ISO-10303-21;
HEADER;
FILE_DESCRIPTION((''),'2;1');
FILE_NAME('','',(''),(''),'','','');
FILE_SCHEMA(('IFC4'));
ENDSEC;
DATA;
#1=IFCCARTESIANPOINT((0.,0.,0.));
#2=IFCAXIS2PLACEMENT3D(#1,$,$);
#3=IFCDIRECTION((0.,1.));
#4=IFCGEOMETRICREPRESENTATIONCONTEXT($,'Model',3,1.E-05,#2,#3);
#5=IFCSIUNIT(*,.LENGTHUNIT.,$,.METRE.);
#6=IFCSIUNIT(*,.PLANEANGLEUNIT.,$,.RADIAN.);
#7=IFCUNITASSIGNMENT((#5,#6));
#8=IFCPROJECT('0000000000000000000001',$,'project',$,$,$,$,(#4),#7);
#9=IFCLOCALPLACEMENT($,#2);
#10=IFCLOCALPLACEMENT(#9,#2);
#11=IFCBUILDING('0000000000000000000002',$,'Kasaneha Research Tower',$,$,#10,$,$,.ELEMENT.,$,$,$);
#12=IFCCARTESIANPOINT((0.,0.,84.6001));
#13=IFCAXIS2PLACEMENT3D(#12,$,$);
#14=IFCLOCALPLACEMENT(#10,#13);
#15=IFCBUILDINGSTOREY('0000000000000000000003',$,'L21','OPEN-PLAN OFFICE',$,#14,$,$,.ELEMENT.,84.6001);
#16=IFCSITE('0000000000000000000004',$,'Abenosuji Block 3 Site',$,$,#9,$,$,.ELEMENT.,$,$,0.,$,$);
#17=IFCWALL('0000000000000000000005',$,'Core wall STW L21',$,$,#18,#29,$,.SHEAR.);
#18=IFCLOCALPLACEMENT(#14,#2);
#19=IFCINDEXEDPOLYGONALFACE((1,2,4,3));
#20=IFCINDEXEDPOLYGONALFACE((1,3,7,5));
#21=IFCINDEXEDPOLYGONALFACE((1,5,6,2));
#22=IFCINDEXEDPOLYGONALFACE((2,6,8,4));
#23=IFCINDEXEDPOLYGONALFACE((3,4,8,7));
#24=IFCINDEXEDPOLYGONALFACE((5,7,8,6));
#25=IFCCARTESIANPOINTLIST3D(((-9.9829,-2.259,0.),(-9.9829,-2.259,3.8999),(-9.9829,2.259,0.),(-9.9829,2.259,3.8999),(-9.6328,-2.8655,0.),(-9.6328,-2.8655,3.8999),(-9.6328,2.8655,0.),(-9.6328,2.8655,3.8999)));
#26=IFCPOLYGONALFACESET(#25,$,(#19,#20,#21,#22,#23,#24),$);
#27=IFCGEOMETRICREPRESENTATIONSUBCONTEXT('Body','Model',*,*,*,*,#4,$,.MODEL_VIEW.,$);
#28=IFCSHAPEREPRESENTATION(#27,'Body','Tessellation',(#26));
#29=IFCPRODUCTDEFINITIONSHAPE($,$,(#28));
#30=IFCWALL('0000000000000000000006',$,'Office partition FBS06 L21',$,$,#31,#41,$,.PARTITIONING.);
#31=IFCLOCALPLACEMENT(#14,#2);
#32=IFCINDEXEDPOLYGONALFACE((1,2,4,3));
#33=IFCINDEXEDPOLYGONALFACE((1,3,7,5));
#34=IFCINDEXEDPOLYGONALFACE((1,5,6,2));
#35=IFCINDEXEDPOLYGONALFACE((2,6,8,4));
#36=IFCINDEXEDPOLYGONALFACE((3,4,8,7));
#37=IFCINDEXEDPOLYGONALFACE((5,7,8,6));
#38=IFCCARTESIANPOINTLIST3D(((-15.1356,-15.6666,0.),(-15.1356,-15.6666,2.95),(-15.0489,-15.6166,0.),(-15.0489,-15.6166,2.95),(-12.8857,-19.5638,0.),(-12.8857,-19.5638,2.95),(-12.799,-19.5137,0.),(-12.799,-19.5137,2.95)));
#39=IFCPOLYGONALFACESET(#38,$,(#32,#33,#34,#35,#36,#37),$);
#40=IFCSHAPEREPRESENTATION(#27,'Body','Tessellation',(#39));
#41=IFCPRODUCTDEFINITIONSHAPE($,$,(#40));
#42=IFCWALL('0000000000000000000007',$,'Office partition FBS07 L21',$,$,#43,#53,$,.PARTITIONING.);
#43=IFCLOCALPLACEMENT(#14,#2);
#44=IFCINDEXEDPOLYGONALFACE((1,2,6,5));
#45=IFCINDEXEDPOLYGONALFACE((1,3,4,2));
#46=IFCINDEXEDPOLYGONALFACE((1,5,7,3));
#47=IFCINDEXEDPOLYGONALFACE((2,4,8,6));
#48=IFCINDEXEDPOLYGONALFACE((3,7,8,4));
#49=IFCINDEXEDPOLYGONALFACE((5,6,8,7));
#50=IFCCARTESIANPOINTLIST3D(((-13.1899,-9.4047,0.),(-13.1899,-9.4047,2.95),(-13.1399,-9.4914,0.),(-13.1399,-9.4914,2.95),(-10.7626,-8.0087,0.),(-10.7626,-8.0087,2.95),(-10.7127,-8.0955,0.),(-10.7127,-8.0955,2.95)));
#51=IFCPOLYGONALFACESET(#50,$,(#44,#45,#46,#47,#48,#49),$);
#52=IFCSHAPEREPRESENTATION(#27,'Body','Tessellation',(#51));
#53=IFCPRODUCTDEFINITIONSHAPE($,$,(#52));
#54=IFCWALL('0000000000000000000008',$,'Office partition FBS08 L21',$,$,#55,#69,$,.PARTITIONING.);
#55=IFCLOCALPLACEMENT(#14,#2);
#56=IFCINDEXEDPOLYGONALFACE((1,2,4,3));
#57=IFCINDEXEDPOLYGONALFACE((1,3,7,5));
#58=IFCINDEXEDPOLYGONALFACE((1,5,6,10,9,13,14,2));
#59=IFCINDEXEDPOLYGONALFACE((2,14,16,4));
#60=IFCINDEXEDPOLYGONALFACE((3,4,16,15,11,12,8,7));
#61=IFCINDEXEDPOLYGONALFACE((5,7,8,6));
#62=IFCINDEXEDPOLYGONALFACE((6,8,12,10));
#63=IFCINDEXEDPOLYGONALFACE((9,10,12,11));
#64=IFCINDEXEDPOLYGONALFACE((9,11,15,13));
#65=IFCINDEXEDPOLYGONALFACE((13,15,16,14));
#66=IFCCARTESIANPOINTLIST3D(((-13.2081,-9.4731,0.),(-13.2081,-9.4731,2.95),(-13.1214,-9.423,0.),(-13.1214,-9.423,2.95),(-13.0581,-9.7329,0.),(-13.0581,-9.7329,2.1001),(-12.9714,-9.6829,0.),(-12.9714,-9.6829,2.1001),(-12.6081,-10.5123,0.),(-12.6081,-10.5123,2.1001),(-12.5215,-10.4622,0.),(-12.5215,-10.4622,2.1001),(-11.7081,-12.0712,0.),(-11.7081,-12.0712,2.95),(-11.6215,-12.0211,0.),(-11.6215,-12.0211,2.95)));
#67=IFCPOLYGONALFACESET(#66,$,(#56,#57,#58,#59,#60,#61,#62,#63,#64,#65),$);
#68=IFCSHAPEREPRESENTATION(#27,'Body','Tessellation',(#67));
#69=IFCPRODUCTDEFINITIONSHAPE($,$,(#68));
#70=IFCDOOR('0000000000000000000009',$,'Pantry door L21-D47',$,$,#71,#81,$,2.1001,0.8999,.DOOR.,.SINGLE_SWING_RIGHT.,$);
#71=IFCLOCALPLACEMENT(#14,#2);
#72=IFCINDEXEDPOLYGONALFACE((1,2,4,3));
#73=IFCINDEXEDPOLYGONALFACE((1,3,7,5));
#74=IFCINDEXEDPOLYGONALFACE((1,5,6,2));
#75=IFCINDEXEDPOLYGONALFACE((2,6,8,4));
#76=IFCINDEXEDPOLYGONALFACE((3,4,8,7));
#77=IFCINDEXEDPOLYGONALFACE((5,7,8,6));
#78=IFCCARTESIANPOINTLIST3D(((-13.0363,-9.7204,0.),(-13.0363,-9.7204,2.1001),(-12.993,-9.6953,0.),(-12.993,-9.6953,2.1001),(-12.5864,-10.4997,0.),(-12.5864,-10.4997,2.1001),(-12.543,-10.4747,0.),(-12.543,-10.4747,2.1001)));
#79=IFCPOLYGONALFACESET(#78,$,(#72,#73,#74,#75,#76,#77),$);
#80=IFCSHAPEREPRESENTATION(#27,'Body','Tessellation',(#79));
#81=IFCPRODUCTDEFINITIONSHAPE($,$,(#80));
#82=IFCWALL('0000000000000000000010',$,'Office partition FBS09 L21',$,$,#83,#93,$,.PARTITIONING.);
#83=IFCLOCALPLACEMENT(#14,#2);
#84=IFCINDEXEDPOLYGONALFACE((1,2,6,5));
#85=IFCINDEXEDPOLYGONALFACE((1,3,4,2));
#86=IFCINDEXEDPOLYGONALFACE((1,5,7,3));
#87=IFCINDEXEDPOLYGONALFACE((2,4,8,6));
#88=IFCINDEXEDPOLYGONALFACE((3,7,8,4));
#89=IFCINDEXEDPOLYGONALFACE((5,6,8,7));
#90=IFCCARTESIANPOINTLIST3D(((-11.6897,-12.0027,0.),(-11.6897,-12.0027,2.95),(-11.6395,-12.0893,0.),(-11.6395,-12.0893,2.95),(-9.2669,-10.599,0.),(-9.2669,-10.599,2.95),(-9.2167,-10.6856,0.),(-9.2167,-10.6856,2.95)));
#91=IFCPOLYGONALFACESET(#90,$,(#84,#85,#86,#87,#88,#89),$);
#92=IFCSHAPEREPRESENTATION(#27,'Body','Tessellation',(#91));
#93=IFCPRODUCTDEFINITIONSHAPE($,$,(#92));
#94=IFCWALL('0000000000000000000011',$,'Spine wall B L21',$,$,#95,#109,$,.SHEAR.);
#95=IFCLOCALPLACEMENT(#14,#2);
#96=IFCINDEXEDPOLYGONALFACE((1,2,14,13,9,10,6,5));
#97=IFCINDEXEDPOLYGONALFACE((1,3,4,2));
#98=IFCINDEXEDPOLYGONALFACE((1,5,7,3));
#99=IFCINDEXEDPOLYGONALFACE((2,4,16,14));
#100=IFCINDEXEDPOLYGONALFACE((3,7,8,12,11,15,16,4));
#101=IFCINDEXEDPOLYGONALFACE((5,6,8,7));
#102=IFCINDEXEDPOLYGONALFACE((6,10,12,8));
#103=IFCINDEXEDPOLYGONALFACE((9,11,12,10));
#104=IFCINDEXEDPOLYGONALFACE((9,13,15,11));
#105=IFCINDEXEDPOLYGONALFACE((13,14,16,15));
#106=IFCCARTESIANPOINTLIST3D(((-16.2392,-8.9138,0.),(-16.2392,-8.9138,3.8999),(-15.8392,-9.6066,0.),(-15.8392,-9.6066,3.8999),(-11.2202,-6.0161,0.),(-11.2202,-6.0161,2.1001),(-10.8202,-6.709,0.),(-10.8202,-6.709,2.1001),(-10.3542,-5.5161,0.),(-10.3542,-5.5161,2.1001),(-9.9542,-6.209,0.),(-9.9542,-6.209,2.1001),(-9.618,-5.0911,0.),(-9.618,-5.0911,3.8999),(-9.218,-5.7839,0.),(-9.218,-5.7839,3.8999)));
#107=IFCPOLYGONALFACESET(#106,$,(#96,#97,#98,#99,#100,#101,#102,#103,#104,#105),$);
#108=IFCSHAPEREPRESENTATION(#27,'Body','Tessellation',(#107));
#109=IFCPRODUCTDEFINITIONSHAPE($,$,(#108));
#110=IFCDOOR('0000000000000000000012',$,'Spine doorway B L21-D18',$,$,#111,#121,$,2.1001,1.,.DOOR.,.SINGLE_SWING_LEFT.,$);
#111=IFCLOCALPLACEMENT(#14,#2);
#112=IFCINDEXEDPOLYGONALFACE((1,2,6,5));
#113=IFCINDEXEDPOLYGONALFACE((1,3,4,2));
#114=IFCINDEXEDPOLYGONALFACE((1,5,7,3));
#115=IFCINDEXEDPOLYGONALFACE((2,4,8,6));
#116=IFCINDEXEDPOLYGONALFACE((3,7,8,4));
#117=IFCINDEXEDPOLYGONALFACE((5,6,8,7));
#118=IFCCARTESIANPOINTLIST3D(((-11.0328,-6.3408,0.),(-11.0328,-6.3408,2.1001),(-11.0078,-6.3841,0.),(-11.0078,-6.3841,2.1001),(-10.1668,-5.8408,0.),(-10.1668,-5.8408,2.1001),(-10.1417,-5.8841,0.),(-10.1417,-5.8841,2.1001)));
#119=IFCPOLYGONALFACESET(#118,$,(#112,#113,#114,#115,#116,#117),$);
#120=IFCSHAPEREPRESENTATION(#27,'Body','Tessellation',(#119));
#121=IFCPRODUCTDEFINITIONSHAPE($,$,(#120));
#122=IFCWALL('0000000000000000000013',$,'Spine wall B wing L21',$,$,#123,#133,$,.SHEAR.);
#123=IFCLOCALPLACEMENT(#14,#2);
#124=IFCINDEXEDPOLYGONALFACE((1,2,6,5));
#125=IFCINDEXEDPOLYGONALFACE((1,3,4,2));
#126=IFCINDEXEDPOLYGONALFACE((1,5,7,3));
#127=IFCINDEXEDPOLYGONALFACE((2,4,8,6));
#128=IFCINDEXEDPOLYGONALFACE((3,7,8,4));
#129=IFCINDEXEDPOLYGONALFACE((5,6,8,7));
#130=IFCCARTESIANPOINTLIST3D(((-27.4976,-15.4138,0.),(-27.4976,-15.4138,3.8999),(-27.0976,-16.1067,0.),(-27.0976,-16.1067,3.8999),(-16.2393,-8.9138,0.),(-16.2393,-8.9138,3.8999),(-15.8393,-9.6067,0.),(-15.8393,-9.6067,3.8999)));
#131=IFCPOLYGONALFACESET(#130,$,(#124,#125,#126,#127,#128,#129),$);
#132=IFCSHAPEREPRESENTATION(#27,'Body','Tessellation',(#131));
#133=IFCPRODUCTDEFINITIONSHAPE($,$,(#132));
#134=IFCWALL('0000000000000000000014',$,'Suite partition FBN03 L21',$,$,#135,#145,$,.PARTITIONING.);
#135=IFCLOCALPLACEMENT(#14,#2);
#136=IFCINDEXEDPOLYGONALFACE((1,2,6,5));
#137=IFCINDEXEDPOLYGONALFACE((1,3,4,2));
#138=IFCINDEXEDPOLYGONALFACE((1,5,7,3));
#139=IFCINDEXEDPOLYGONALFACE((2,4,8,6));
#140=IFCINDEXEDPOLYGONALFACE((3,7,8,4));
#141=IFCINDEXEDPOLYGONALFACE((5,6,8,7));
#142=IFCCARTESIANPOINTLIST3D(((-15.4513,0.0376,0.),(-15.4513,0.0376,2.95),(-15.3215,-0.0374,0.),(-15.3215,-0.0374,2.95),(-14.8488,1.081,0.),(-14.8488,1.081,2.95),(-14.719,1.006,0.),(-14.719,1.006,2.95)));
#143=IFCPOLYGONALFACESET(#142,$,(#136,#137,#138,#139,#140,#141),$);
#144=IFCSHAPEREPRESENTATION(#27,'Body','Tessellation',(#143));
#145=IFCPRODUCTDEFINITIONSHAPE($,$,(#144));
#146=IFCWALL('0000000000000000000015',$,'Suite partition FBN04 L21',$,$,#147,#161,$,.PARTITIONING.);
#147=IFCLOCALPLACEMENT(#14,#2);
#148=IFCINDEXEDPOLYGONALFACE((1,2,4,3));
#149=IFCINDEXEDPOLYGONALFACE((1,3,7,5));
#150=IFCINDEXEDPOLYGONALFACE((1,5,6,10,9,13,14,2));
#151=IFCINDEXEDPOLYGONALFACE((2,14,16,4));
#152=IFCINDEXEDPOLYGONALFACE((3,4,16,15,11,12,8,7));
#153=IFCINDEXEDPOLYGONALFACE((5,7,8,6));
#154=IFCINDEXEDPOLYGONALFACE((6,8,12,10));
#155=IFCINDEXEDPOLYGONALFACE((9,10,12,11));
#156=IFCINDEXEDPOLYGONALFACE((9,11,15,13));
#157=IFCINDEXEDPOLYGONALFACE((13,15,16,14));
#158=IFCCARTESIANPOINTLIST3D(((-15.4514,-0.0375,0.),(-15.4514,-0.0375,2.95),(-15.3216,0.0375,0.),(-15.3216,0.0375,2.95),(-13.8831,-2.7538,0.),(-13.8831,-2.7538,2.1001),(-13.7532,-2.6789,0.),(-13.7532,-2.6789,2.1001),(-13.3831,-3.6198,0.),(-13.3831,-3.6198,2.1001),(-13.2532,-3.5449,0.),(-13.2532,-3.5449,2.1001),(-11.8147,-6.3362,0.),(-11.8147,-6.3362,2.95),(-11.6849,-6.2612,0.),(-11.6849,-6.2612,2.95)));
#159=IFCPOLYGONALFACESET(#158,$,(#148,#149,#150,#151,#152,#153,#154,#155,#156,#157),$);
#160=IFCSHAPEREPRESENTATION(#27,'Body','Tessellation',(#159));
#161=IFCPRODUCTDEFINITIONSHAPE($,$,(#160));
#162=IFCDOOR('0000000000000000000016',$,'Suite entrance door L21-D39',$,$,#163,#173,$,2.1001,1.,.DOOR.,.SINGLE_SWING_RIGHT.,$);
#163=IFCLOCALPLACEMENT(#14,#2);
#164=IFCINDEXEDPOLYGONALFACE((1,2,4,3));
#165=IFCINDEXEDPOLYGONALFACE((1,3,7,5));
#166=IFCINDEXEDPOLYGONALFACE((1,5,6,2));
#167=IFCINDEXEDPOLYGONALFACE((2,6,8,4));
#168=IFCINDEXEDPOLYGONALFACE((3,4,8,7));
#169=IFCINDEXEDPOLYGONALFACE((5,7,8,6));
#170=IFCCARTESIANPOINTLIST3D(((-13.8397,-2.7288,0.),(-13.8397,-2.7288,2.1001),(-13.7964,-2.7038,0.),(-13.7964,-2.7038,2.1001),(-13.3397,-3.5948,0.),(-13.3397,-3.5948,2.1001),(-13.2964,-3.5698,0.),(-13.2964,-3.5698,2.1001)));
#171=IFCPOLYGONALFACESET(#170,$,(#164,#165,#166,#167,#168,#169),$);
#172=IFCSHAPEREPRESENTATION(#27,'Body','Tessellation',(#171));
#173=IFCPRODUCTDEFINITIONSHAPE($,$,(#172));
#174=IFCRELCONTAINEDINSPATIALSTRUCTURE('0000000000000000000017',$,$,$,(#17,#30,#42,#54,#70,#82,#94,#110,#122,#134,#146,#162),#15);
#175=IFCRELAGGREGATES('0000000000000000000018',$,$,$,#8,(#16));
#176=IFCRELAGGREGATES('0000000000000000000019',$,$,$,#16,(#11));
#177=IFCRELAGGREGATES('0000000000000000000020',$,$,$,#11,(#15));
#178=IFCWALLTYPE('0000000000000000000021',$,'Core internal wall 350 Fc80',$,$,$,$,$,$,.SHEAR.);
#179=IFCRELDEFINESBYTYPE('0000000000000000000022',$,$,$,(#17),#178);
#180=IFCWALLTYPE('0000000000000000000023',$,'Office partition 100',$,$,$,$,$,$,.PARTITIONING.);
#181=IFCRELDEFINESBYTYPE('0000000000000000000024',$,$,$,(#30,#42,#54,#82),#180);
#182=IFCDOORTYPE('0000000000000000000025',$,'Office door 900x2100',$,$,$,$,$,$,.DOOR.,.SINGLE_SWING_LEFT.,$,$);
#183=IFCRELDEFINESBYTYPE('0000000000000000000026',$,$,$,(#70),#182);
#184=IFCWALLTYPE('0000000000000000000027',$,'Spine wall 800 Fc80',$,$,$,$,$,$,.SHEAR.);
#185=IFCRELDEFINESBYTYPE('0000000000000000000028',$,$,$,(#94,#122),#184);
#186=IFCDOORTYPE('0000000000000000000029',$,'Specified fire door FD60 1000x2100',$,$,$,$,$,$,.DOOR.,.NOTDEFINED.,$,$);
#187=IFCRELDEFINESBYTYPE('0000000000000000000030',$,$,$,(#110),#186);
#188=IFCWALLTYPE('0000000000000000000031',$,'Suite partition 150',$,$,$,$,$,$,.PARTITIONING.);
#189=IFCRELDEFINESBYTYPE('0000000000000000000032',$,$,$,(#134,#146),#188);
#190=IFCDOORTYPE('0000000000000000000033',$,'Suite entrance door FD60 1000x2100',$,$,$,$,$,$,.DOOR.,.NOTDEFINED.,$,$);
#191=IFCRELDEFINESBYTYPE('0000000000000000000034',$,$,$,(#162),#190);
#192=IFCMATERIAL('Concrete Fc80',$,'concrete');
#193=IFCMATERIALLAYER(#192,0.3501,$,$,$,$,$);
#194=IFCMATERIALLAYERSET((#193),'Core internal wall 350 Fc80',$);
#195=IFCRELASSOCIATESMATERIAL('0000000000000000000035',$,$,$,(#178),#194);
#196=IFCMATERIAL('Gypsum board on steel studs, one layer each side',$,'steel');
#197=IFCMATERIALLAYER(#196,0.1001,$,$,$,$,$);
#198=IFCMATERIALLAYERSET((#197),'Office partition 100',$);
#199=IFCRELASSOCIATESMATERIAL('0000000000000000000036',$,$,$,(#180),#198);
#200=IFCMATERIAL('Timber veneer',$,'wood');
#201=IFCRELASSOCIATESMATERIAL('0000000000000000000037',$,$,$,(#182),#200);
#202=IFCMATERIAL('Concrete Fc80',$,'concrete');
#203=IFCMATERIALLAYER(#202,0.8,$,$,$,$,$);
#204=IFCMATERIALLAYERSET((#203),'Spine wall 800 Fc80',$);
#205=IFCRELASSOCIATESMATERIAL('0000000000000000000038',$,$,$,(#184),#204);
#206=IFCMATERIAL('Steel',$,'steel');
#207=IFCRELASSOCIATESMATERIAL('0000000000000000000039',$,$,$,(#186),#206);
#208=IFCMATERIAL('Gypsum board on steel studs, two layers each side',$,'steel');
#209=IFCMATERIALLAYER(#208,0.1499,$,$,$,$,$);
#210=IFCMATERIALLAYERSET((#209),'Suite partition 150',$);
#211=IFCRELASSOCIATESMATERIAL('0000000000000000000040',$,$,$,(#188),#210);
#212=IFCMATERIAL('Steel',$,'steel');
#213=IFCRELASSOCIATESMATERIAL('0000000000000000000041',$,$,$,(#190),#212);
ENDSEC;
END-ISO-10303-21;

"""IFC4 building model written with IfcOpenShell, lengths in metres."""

from ifc_helpers import new_model, si_unit, direction, frame, frame_2d, origin, place, context, subcontext, project, spatial, polyline, rectangle, outline, extrude, material, layer, layer_set, type_object, element, fill, save


model = new_model("IFC4")

# Units and contexts
model_context = context("Model", 3, precision=1e-05, world=origin(), true_north=direction((0.0, 1.0)))
body_context = subcontext(model_context, "Body", "Model", "MODEL_VIEW")
ifc_project = project(units=[si_unit("LENGTHUNIT", "METRE"), si_unit("PLANEANGLEUNIT", "RADIAN")], contexts=[model_context])

# Site, building, storey
site_placement = place(None, origin())
site = spatial("IfcSite", under=ifc_project, at=site_placement, Name="Abenosuji Block 3 Site", CompositionType="ELEMENT", RefElevation=0.0)
building_placement = place(site_placement, origin())
building = spatial("IfcBuilding", under=site, at=building_placement, Name="Kasaneha Research Tower", CompositionType="ELEMENT")
storey_placement = place(building_placement, frame((0.0, 0.0, 84.6001)))
storey = spatial("IfcBuildingStorey", under=building, at=storey_placement, Name="L21", Description="OPEN-PLAN OFFICE", CompositionType="ELEMENT", Elevation=84.6001)

# Shared definitions
ifc_material_1 = material(Name="Concrete Fc80", Category="concrete")
ifc_layer_1 = layer(ifc_material_1, 0.3501)
ifc_layer_set_1 = layer_set([ifc_layer_1], Name="Core internal wall 350 Fc80")
wall_type_1 = type_object("IfcWallType", Name="Core internal wall 350 Fc80", PredefinedType="SHEAR", material=ifc_layer_set_1)

# Walls
wall_1_placement = place(storey_placement, frame((-9.8079, -2.5623, 0.0), z_axis=(0.0, 0.0, 1.0), x_axis=(0.0, 1.0, 0.0)))
element("IfcWall", 1, at=wall_1_placement, inside=storey, type_object=wall_type_1, Name="Core wall STW L21", PredefinedType="SHEAR", context=body_context, shape_type="SweptSolid", body=[
    extrude(outline(polyline([(-0.3032, -0.175), (5.4277, -0.175), (4.8213, 0.175), (0.3032, 0.175), (-0.3032, -0.175)])), origin(), (0.0, 0.0, 1.0), 3.8999),
])
ifc_material_2 = material(Name="Gypsum board on steel studs, one layer each side", Category="steel")
ifc_layer_2 = layer(ifc_material_2, 0.1001)
ifc_layer_set_2 = layer_set([ifc_layer_2], Name="Office partition 100")
wall_type_2 = type_object("IfcWallType", Name="Office partition 100", PredefinedType="PARTITIONING", material=ifc_layer_set_2)
wall_2_placement = place(storey_placement, frame((-15.0923, -15.6416, 0.0), z_axis=(0.0, 0.0, 1.0), x_axis=(0.49999, -0.866031, 0.0)))
element("IfcWall", 2, at=wall_2_placement, inside=storey, type_object=wall_type_2, Name="Office partition FBS06 L21", PredefinedType="PARTITIONING", context=body_context, shape_type="SweptSolid", body=[
    extrude(rectangle(XDim=4.5, YDim=0.1001, at=frame_2d((2.25, 0.0))), origin(), (0.0, 0.0, 1.0), 2.95),
])
wall_3_placement = place(storey_placement, frame((-13.1648, -9.448, 0.0), z_axis=(0.0, 0.0, 1.0), x_axis=(0.866855, 0.49856, 0.0)))
element("IfcWall", 3, at=wall_3_placement, inside=storey, type_object=wall_type_2, Name="Office partition FBS07 L21", PredefinedType="PARTITIONING", context=body_context, shape_type="SweptSolid", body=[
    extrude(rectangle(XDim=2.8, YDim=0.1001, at=frame_2d((1.3999, 0.0))), origin(), (0.0, 0.0, 1.0), 2.95),
])

# Wall, opening, door
wall_4_placement = place(storey_placement, frame((-11.6648, -12.0461, 0.0), z_axis=(0.0, 0.0, 1.0), x_axis=(-0.49999, 0.866031, 0.0)))
wall_4 = element("IfcWall", 4, at=wall_4_placement, inside=storey, type_object=wall_type_2, Name="Office partition FBS08 L21", PredefinedType="PARTITIONING", context=body_context, shape_type="SweptSolid", body=[
    extrude(rectangle(XDim=3.0, YDim=0.1001, at=frame_2d((1.5, 0.0))), origin(), (0.0, 0.0, 1.0), 2.95),
])
opening_1_placement = place(wall_4_placement, frame((1.8, 0.0, 0.0)))
opening_1 = element("IfcOpeningElement", 5, at=opening_1_placement, cuts=wall_4, PredefinedType="OPENING", context=body_context, shape_type="SweptSolid", body=[
    extrude(rectangle(XDim=0.8999, YDim=2.1001, at=frame_2d((0.45, 1.05))), frame((0.0, 0.0601, 0.0), z_axis=(0.0, -1.0, 0.0), x_axis=(1.0, 0.0, 0.0)), (0.0, 0.0, 1.0), 0.1201),
])
ifc_material_3 = material(Name="Timber veneer", Category="wood")
door_type_1 = type_object("IfcDoorType", Name="Office door 900x2100", OperationType="SINGLE_SWING_LEFT", PredefinedType="DOOR", material=ifc_material_3)
door_1_placement = place(opening_1_placement, origin())
door_1 = element("IfcDoor", 6, at=door_1_placement, inside=storey, type_object=door_type_1, Name="Pantry door L21-D47", OperationType="SINGLE_SWING_RIGHT", OverallHeight=2.1001, OverallWidth=0.8999, PredefinedType="DOOR", context=body_context, shape_type="SweptSolid", body=[
    extrude(rectangle(XDim=0.8999, YDim=2.1001, at=frame_2d((0.45, 1.05))), frame((0.0, 0.0249, 0.0), z_axis=(0.0, -1.0, 0.0), x_axis=(1.0, 0.0, 0.0)), (0.0, 0.0, 1.0), 0.05),
])
fill(opening_1, door_1)

# Wall
wall_5_placement = place(storey_placement, frame((-9.2419, -10.6423, 0.0), z_axis=(0.0, 0.0, 1.0), x_axis=(-0.865255, -0.501332, 0.0)))
element("IfcWall", 7, at=wall_5_placement, inside=storey, type_object=wall_type_2, Name="Office partition FBS09 L21", PredefinedType="PARTITIONING", context=body_context, shape_type="SweptSolid", body=[
    extrude(rectangle(XDim=2.8, YDim=0.1001, at=frame_2d((1.3999, 0.0))), origin(), (0.0, 0.0, 1.0), 2.95),
])

# Wall, opening, door
ifc_material_4 = material(Name="Concrete Fc80", Category="concrete")
ifc_layer_3 = layer(ifc_material_4, 0.8)
ifc_layer_set_3 = layer_set([ifc_layer_3], Name="Spine wall 800 Fc80")
wall_type_3 = type_object("IfcWallType", Name="Spine wall 800 Fc80", PredefinedType="SHEAR", material=ifc_layer_set_3)
wall_6_placement = place(storey_placement, frame((-9.418, -5.4375, 0.0), z_axis=(0.0, 0.0, 1.0), x_axis=(-0.86603, -0.499992, 0.0)))
wall_6 = element("IfcWall", 8, at=wall_6_placement, inside=storey, type_object=wall_type_3, Name="Spine wall B L21", PredefinedType="SHEAR", context=body_context, shape_type="SweptSolid", body=[
    extrude(rectangle(XDim=7.6455, YDim=0.8, at=frame_2d((3.8228, 0.0))), origin(), (0.0, 0.0, 1.0), 3.8999),
])
opening_2_placement = place(wall_6_placement, frame((0.8501, 0.0, 0.0)))
opening_2 = element("IfcOpeningElement", 9, at=opening_2_placement, cuts=wall_6, PredefinedType="OPENING", context=body_context, shape_type="SweptSolid", body=[
    extrude(rectangle(XDim=1.0, YDim=2.1001, at=frame_2d((0.5, 1.05))), frame((0.0, 0.4102, 0.0), z_axis=(0.0, -1.0, 0.0), x_axis=(1.0, 0.0, 0.0)), (0.0, 0.0, 1.0), 0.8201),
])
ifc_material_5 = material(Name="Steel", Category="steel")
door_type_2 = type_object("IfcDoorType", Name="Specified fire door FD60 1000x2100", OperationType="NOTDEFINED", PredefinedType="DOOR", material=ifc_material_5)
door_2_placement = place(opening_2_placement, origin())
door_2 = element("IfcDoor", 10, at=door_2_placement, inside=storey, type_object=door_type_2, Name="Spine doorway B L21-D18", OperationType="SINGLE_SWING_LEFT", OverallHeight=2.1001, OverallWidth=1.0, PredefinedType="DOOR", context=body_context, shape_type="SweptSolid", body=[
    extrude(rectangle(XDim=1.0, YDim=2.1001, at=frame_2d((0.5, 1.05))), frame((0.0, 0.0249, 0.0), z_axis=(0.0, -1.0, 0.0), x_axis=(1.0, 0.0, 0.0)), (0.0, 0.0, 1.0), 0.05),
])
fill(opening_2, door_2)

# Walls
wall_7_placement = place(storey_placement, frame((-16.0393, -9.2603, 0.0), z_axis=(0.0, 0.0, 1.0), x_axis=(-0.866025, -0.500001, 0.0)))
element("IfcWall", 11, at=wall_7_placement, inside=storey, type_object=wall_type_3, Name="Spine wall B wing L21", PredefinedType="SHEAR", context=body_context, shape_type="SweptSolid", body=[
    extrude(rectangle(XDim=13.0, YDim=0.8, at=frame_2d((6.5, 0.0))), origin(), (0.0, 0.0, 1.0), 3.8999),
])
ifc_material_6 = material(Name="Gypsum board on steel studs, two layers each side", Category="steel")
ifc_layer_4 = layer(ifc_material_6, 0.1499)
ifc_layer_set_4 = layer_set([ifc_layer_4], Name="Suite partition 150")
wall_type_4 = type_object("IfcWallType", Name="Suite partition 150", PredefinedType="PARTITIONING", material=ifc_layer_set_4)
wall_8_placement = place(storey_placement, frame((-15.3865, 0.0, 0.0), z_axis=(0.0, 0.0, 1.0), x_axis=(0.500062, 0.86599, 0.0)))
element("IfcWall", 12, at=wall_8_placement, inside=storey, type_object=wall_type_4, Name="Suite partition FBN03 L21", PredefinedType="PARTITIONING", context=body_context, shape_type="SweptSolid", body=[
    extrude(rectangle(XDim=1.2048, YDim=0.1499, at=frame_2d((0.6025, 0.0))), origin(), (0.0, 0.0, 1.0), 2.95),
])

# Wall, opening, door
wall_9_placement = place(storey_placement, frame((-11.7498, -6.2988, 0.0), z_axis=(0.0, 0.0, 1.0), x_axis=(-0.500009, 0.86602, 0.0)))
wall_9 = element("IfcWall", 13, at=wall_9_placement, inside=storey, type_object=wall_type_4, Name="Suite partition FBN04 L21", PredefinedType="PARTITIONING", context=body_context, shape_type="SweptSolid", body=[
    extrude(rectangle(XDim=7.2732, YDim=0.1499, at=frame_2d((3.6367, 0.0))), origin(), (0.0, 0.0, 1.0), 2.95),
])
opening_3_placement = place(wall_9_placement, frame((3.1367, 0.0, 0.0)))
opening_3 = element("IfcOpeningElement", 14, at=opening_3_placement, cuts=wall_9, PredefinedType="OPENING", context=body_context, shape_type="SweptSolid", body=[
    extrude(rectangle(XDim=1.0, YDim=2.1001, at=frame_2d((0.5, 1.05))), frame((0.0, 0.085, 0.0), z_axis=(0.0, -1.0, 0.0), x_axis=(1.0, 0.0, 0.0)), (0.0, 0.0, 1.0), 0.1699),
])
ifc_material_7 = material(Name="Steel", Category="steel")
door_type_3 = type_object("IfcDoorType", Name="Suite entrance door FD60 1000x2100", OperationType="NOTDEFINED", PredefinedType="DOOR", material=ifc_material_7)
door_3_placement = place(opening_3_placement, origin())
door_3 = element("IfcDoor", 15, at=door_3_placement, inside=storey, type_object=door_type_3, Name="Suite entrance door L21-D39", OperationType="SINGLE_SWING_RIGHT", OverallHeight=2.1001, OverallWidth=1.0, PredefinedType="DOOR", context=body_context, shape_type="SweptSolid", body=[
    extrude(rectangle(XDim=1.0, YDim=2.1001, at=frame_2d((0.5, 1.05))), frame((0.0, 0.0249, 0.0), z_axis=(0.0, -1.0, 0.0), x_axis=(1.0, 0.0, 0.0)), (0.0, 0.0, 1.0), 0.05),
])
fill(opening_3, door_3)

save(model, "model.ifc")
